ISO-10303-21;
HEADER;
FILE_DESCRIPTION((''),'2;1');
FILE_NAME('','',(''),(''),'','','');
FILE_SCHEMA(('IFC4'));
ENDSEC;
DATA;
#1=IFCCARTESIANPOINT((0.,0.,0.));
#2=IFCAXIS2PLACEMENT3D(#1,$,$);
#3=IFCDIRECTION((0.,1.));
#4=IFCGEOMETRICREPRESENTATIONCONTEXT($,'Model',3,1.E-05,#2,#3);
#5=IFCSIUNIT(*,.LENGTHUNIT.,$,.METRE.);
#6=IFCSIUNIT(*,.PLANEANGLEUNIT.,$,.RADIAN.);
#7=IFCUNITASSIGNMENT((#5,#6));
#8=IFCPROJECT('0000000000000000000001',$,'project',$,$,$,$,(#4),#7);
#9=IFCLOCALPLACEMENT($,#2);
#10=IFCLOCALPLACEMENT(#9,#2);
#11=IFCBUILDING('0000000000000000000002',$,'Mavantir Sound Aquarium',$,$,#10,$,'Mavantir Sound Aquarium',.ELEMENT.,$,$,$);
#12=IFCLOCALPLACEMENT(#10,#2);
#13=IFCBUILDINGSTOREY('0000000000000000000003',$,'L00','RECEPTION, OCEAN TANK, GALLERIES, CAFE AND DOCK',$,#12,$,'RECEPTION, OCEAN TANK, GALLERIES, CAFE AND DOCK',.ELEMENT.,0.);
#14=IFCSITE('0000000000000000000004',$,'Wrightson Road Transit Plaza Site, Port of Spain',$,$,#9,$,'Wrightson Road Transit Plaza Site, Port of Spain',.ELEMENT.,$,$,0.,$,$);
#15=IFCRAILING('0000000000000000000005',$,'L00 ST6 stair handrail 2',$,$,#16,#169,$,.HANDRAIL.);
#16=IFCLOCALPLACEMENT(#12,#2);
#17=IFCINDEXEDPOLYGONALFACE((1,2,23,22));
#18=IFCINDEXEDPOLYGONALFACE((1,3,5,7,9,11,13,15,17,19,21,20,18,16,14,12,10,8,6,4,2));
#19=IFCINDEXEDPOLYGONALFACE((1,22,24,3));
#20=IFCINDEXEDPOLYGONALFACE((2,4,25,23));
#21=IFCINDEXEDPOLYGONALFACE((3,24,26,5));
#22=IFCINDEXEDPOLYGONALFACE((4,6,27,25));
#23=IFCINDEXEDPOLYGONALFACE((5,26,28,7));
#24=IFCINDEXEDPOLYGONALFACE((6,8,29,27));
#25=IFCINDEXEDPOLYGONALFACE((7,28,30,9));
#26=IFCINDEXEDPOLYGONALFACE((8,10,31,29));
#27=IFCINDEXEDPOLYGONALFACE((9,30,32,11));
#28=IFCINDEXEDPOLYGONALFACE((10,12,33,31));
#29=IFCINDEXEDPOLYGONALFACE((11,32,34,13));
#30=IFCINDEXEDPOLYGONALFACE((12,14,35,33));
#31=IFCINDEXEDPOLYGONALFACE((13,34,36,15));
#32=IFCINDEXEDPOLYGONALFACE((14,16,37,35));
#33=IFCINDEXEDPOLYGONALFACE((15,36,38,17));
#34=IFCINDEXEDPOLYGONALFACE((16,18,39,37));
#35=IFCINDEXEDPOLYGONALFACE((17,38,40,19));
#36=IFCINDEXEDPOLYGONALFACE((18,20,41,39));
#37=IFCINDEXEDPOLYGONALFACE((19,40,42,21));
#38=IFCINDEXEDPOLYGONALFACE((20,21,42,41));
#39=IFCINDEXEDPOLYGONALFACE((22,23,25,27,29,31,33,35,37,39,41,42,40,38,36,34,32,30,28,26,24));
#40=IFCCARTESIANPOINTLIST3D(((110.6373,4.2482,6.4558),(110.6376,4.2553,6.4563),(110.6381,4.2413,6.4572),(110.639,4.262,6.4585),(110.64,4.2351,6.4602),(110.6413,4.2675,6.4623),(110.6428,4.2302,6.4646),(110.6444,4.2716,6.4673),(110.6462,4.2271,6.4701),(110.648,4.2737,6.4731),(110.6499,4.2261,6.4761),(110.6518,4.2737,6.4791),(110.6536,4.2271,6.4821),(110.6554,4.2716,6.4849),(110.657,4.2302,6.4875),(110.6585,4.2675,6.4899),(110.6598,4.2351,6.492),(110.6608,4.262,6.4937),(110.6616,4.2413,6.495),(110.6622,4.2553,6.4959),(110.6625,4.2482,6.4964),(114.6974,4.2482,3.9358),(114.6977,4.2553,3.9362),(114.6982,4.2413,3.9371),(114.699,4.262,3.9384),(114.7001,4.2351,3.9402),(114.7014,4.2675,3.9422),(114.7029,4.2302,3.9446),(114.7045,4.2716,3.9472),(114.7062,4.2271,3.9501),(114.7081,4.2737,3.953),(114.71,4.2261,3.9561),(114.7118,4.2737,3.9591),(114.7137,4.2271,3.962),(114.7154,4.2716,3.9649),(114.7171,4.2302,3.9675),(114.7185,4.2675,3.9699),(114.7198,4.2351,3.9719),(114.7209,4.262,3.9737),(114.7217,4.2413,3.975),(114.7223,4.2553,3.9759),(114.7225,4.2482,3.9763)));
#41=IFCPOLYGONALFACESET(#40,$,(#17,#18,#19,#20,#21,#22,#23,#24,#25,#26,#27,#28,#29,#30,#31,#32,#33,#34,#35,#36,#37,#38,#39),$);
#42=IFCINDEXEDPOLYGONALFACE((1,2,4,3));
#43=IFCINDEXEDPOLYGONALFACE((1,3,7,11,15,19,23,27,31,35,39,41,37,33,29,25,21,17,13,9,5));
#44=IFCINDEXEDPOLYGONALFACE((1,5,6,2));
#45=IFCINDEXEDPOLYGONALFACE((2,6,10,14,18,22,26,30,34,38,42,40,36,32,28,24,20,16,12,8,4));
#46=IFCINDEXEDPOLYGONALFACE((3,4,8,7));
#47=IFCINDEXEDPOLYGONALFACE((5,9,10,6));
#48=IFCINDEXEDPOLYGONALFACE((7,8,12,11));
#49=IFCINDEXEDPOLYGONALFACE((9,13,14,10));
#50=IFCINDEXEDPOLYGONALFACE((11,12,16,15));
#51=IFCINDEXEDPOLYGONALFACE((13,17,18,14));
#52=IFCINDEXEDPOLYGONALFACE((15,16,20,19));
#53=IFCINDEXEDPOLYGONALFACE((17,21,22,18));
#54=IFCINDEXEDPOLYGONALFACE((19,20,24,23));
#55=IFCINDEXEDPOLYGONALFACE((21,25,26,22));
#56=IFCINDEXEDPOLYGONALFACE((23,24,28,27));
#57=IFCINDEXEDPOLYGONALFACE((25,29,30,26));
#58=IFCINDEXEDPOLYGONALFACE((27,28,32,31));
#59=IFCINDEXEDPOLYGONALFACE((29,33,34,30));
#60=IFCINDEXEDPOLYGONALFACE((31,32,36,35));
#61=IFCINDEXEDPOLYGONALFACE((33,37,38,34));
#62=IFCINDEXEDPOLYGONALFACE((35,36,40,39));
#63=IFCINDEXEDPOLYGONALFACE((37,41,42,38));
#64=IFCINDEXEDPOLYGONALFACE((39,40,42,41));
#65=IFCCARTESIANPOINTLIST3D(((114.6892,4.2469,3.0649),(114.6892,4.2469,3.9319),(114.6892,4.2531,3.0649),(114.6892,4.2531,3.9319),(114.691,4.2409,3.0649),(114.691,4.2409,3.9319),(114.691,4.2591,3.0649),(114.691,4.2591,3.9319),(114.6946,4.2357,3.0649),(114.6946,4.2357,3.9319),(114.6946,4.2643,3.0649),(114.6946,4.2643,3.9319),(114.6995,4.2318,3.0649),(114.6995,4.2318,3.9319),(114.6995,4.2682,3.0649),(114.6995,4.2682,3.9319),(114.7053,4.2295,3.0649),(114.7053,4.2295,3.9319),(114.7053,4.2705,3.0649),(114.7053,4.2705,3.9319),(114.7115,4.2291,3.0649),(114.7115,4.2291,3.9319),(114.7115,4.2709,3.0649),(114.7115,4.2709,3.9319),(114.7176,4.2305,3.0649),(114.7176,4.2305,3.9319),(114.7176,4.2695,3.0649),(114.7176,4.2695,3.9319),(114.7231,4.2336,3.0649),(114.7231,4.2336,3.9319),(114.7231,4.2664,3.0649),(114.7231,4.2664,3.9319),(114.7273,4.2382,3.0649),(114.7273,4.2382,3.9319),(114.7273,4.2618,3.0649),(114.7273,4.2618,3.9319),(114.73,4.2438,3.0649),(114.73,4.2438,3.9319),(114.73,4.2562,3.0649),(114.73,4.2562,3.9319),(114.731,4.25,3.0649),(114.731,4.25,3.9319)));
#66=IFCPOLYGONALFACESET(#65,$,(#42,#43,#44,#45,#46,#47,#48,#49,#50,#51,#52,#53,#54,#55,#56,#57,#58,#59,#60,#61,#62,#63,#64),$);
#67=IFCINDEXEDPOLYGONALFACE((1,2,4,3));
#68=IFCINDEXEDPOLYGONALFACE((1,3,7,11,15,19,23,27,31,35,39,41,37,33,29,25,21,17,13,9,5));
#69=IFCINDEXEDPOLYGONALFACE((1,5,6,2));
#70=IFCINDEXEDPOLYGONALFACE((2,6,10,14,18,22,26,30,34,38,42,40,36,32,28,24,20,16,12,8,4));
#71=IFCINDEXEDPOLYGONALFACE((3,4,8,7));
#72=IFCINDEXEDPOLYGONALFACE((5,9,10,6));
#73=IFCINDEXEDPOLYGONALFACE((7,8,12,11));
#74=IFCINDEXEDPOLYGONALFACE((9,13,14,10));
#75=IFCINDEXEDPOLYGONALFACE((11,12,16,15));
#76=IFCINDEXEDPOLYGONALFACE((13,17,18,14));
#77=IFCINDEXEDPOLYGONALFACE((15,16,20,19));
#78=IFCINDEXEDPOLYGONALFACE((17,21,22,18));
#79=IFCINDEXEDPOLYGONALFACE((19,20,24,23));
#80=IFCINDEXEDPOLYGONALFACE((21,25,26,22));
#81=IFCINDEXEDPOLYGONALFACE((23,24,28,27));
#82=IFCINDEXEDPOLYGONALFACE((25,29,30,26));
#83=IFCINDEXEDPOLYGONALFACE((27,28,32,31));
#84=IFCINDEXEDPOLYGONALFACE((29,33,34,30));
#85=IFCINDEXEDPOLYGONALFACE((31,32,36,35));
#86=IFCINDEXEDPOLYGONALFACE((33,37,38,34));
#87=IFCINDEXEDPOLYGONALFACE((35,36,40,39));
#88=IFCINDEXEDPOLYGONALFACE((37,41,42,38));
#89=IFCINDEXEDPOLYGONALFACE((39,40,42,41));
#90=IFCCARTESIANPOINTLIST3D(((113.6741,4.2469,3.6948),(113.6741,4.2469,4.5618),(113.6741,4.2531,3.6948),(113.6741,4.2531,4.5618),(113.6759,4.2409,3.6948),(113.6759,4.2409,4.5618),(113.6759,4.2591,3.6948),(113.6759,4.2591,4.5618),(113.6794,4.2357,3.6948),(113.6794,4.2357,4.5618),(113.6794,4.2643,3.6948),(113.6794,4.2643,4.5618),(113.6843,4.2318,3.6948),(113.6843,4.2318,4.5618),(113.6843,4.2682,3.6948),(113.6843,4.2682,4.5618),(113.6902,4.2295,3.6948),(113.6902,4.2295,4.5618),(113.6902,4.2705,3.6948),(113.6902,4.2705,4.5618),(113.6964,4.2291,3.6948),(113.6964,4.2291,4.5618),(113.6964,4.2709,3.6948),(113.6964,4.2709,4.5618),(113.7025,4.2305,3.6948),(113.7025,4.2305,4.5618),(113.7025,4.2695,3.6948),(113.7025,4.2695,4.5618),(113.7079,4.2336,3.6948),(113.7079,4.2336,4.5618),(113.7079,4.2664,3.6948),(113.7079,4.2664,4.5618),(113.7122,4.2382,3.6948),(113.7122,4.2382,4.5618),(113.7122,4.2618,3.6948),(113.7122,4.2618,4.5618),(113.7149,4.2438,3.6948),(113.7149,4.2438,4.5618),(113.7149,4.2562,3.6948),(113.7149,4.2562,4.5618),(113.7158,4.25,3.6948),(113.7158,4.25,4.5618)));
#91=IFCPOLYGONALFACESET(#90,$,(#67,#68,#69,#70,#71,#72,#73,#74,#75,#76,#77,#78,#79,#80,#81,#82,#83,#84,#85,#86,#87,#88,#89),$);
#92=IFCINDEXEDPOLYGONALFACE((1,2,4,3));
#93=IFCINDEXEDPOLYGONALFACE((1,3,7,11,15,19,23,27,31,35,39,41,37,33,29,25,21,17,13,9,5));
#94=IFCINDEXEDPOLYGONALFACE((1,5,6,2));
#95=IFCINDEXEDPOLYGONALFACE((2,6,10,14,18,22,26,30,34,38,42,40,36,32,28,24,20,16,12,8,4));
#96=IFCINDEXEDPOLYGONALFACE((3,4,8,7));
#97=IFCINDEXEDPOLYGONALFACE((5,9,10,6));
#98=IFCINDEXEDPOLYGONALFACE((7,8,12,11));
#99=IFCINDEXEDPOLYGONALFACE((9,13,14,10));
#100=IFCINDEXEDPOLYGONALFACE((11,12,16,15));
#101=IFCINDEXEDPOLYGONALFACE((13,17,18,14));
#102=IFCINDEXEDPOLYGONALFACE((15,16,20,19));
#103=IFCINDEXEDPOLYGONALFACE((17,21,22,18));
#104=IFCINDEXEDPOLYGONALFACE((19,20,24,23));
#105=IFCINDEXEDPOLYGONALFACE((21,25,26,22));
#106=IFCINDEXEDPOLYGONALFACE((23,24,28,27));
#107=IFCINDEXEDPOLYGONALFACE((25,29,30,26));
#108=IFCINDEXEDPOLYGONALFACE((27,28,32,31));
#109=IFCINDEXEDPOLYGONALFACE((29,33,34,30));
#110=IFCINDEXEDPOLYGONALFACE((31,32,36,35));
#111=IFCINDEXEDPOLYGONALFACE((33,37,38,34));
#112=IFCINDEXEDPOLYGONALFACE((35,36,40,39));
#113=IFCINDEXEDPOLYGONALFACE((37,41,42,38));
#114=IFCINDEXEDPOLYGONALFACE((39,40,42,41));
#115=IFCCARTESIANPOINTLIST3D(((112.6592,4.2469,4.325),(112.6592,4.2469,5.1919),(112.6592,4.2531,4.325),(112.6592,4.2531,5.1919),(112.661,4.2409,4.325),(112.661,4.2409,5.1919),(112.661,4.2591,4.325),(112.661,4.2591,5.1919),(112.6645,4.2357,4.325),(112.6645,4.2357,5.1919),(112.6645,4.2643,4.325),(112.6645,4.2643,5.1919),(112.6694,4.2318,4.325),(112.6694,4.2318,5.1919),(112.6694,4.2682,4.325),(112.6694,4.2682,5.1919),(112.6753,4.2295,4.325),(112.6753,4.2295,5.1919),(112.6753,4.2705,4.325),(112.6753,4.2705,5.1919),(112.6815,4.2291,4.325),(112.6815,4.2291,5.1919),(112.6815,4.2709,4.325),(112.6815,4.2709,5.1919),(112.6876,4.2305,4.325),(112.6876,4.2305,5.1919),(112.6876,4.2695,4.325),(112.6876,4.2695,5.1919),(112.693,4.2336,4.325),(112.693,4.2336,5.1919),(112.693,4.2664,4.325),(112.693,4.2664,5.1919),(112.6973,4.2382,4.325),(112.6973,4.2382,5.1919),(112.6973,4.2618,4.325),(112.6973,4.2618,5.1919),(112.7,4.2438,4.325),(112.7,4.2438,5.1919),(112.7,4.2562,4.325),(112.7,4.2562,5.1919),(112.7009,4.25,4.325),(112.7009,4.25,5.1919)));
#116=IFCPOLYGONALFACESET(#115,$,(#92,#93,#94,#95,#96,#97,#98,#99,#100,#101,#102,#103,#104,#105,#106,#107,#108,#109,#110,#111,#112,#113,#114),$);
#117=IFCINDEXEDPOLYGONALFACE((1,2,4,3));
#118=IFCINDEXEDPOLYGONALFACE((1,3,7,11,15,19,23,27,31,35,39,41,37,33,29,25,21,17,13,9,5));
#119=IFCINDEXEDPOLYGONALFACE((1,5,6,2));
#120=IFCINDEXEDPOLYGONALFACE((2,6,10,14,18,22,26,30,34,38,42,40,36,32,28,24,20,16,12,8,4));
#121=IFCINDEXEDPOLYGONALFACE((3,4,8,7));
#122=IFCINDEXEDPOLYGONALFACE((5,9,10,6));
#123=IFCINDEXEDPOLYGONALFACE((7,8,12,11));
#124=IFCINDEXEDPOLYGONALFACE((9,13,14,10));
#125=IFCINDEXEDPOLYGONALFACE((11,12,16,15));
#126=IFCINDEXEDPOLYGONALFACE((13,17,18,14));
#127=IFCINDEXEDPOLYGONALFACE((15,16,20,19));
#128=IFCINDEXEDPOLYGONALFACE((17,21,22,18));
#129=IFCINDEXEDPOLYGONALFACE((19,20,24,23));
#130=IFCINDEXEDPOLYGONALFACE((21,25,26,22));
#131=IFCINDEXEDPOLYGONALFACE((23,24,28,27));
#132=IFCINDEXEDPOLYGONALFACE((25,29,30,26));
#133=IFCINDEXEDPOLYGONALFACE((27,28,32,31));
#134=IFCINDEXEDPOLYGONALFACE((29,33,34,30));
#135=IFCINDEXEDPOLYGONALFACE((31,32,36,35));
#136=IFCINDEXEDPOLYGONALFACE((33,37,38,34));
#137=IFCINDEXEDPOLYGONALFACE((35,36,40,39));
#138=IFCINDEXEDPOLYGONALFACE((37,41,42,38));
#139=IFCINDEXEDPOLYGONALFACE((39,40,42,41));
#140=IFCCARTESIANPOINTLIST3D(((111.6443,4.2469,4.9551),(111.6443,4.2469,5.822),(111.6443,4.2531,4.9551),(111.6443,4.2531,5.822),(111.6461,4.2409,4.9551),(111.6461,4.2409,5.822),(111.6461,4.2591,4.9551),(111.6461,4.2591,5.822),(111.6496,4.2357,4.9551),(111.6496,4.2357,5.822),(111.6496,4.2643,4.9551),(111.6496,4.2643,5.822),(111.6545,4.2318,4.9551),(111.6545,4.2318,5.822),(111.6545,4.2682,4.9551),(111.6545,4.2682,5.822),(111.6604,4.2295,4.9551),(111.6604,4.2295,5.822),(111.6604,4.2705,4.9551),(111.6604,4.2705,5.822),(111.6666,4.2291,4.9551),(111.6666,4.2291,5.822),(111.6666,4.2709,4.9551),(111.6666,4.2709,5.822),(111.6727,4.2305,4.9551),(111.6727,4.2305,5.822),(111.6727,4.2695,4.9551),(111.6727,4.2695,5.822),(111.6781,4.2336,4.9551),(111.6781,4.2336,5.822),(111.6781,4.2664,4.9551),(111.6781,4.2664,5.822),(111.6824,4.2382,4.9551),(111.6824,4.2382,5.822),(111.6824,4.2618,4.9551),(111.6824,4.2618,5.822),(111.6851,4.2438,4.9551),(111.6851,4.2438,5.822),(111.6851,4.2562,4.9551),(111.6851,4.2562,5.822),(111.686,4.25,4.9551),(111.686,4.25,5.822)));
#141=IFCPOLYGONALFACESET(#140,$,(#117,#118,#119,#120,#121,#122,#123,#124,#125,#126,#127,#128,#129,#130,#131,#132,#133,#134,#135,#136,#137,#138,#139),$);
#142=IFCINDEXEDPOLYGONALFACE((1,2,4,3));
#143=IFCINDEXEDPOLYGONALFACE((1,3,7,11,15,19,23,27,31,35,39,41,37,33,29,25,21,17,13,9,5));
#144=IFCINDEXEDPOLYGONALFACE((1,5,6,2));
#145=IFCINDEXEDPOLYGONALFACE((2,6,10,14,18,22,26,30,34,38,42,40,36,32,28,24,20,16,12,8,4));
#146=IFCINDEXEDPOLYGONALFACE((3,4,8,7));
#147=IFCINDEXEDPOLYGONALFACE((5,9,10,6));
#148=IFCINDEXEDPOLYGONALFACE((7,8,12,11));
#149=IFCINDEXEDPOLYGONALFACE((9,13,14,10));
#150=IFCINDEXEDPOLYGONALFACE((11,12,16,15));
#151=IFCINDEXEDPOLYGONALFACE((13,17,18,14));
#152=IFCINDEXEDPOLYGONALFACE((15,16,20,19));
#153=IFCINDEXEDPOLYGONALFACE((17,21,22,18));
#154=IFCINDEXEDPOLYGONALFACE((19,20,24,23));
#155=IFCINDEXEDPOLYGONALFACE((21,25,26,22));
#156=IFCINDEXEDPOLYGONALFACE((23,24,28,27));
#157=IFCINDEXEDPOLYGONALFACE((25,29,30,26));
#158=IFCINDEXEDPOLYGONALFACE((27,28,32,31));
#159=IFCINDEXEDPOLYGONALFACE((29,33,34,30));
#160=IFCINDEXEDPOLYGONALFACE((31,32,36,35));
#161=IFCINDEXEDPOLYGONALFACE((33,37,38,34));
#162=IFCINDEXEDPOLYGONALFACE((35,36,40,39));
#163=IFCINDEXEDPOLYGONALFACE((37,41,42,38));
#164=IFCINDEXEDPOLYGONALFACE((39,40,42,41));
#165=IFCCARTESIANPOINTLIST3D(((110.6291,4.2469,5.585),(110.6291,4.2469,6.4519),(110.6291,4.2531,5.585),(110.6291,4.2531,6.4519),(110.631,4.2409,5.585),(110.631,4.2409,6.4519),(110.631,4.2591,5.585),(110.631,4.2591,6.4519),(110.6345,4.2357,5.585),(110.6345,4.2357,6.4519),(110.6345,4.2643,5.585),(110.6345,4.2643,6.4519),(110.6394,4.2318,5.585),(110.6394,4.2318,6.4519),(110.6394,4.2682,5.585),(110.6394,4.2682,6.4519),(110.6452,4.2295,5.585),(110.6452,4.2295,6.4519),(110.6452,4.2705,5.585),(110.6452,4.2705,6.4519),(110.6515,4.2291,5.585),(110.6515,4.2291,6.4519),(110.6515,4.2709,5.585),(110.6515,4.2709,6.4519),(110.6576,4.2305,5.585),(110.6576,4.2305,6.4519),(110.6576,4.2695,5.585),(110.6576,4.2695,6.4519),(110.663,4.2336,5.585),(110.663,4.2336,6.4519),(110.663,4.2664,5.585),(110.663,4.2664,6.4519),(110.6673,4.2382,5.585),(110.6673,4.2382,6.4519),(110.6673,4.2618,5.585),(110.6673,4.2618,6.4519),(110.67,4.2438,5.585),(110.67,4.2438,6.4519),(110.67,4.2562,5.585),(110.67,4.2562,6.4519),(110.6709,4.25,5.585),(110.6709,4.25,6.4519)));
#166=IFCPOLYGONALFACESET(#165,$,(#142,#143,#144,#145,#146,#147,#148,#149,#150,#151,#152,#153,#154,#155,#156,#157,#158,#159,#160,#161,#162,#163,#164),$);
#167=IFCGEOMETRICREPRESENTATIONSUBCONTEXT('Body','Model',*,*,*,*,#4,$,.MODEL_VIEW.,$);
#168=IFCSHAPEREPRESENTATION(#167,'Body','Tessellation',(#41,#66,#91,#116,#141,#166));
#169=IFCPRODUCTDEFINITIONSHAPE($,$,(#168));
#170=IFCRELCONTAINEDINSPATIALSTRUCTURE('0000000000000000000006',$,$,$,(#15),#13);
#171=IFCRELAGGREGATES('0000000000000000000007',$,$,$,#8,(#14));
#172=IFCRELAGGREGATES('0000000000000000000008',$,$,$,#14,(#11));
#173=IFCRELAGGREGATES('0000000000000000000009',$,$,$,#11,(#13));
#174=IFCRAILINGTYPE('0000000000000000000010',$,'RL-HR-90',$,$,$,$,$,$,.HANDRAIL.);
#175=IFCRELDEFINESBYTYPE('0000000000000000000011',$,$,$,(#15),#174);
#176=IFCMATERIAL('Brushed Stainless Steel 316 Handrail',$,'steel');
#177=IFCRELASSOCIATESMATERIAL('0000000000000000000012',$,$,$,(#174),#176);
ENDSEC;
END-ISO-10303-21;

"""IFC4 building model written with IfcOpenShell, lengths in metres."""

from ifc_helpers import new_model, si_unit, direction, frame, origin, origin_2d, place, context, subcontext, project, spatial, circle, extrude, material, type_object, element, save


model = new_model("IFC4")

# Units and contexts
model_context = context("Model", 3, precision=1e-05, world=origin(), true_north=direction((0.0, 1.0)))
body_context = subcontext(model_context, "Body", "Model", "MODEL_VIEW")
ifc_project = project(units=[si_unit("LENGTHUNIT", "METRE"), si_unit("PLANEANGLEUNIT", "RADIAN")], contexts=[model_context])

# Site, building, storey
site_placement = place(None, origin())
site = spatial("IfcSite", under=ifc_project, at=site_placement, Name="Wrightson Road Transit Plaza Site, Port of Spain", LongName="Wrightson Road Transit Plaza Site, Port of Spain", CompositionType="ELEMENT", RefElevation=0.0)
building_placement = place(site_placement, origin())
building = spatial("IfcBuilding", under=site, at=building_placement, Name="Mavantir Sound Aquarium", LongName="Mavantir Sound Aquarium", CompositionType="ELEMENT")
storey_placement = place(building_placement, origin())
storey = spatial("IfcBuildingStorey", under=building, at=storey_placement, Name="L00", Description="RECEPTION, OCEAN TANK, GALLERIES, CAFE AND DOCK", LongName="RECEPTION, OCEAN TANK, GALLERIES, CAFE AND DOCK", CompositionType="ELEMENT", Elevation=0.0)

# Railing
ifc_material_1 = material(Name="Brushed Stainless Steel 316 Handrail", Category="steel")
railing_type_1 = type_object("IfcRailingType", Name="RL-HR-90", PredefinedType="HANDRAIL", material=ifc_material_1)
railing_1_placement = place(storey_placement, frame((114.71, 4.25, 3.0649)))
element("IfcRailing", 1, at=railing_1_placement, inside=storey, type_object=railing_type_1, Name="L00 ST6 stair handrail 2", PredefinedType="HANDRAIL", context=body_context, shape_type="SweptSolid", body=[
    extrude(circle(Radius=0.0239, at=origin_2d()), frame((0.0, 0.0, 0.8911), z_axis=(-0.849642, 0.0, 0.52736), x_axis=(0.0, -1.0, 0.0)), (0.0, 0.0, 1.0), 4.7786),
    extrude(circle(Radius=0.021, at=origin_2d()), origin(), (0.0, 0.0, 1.0), 0.8669),
    extrude(circle(Radius=0.021, at=origin_2d()), frame((-1.0151, 0.0, 0.6299)), (0.0, 0.0, 1.0), 0.8669),
    extrude(circle(Radius=0.021, at=origin_2d()), frame((-2.03, 0.0, 1.26)), (0.0, 0.0, 1.0), 0.8669),
    extrude(circle(Radius=0.021, at=origin_2d()), frame((-3.0449, 0.0, 1.8901)), (0.0, 0.0, 1.0), 0.8669),
    extrude(circle(Radius=0.021, at=origin_2d()), frame((-4.0601, 0.0, 2.52)), (0.0, 0.0, 1.0), 0.8669),
])

save(model, "model.ifc")
